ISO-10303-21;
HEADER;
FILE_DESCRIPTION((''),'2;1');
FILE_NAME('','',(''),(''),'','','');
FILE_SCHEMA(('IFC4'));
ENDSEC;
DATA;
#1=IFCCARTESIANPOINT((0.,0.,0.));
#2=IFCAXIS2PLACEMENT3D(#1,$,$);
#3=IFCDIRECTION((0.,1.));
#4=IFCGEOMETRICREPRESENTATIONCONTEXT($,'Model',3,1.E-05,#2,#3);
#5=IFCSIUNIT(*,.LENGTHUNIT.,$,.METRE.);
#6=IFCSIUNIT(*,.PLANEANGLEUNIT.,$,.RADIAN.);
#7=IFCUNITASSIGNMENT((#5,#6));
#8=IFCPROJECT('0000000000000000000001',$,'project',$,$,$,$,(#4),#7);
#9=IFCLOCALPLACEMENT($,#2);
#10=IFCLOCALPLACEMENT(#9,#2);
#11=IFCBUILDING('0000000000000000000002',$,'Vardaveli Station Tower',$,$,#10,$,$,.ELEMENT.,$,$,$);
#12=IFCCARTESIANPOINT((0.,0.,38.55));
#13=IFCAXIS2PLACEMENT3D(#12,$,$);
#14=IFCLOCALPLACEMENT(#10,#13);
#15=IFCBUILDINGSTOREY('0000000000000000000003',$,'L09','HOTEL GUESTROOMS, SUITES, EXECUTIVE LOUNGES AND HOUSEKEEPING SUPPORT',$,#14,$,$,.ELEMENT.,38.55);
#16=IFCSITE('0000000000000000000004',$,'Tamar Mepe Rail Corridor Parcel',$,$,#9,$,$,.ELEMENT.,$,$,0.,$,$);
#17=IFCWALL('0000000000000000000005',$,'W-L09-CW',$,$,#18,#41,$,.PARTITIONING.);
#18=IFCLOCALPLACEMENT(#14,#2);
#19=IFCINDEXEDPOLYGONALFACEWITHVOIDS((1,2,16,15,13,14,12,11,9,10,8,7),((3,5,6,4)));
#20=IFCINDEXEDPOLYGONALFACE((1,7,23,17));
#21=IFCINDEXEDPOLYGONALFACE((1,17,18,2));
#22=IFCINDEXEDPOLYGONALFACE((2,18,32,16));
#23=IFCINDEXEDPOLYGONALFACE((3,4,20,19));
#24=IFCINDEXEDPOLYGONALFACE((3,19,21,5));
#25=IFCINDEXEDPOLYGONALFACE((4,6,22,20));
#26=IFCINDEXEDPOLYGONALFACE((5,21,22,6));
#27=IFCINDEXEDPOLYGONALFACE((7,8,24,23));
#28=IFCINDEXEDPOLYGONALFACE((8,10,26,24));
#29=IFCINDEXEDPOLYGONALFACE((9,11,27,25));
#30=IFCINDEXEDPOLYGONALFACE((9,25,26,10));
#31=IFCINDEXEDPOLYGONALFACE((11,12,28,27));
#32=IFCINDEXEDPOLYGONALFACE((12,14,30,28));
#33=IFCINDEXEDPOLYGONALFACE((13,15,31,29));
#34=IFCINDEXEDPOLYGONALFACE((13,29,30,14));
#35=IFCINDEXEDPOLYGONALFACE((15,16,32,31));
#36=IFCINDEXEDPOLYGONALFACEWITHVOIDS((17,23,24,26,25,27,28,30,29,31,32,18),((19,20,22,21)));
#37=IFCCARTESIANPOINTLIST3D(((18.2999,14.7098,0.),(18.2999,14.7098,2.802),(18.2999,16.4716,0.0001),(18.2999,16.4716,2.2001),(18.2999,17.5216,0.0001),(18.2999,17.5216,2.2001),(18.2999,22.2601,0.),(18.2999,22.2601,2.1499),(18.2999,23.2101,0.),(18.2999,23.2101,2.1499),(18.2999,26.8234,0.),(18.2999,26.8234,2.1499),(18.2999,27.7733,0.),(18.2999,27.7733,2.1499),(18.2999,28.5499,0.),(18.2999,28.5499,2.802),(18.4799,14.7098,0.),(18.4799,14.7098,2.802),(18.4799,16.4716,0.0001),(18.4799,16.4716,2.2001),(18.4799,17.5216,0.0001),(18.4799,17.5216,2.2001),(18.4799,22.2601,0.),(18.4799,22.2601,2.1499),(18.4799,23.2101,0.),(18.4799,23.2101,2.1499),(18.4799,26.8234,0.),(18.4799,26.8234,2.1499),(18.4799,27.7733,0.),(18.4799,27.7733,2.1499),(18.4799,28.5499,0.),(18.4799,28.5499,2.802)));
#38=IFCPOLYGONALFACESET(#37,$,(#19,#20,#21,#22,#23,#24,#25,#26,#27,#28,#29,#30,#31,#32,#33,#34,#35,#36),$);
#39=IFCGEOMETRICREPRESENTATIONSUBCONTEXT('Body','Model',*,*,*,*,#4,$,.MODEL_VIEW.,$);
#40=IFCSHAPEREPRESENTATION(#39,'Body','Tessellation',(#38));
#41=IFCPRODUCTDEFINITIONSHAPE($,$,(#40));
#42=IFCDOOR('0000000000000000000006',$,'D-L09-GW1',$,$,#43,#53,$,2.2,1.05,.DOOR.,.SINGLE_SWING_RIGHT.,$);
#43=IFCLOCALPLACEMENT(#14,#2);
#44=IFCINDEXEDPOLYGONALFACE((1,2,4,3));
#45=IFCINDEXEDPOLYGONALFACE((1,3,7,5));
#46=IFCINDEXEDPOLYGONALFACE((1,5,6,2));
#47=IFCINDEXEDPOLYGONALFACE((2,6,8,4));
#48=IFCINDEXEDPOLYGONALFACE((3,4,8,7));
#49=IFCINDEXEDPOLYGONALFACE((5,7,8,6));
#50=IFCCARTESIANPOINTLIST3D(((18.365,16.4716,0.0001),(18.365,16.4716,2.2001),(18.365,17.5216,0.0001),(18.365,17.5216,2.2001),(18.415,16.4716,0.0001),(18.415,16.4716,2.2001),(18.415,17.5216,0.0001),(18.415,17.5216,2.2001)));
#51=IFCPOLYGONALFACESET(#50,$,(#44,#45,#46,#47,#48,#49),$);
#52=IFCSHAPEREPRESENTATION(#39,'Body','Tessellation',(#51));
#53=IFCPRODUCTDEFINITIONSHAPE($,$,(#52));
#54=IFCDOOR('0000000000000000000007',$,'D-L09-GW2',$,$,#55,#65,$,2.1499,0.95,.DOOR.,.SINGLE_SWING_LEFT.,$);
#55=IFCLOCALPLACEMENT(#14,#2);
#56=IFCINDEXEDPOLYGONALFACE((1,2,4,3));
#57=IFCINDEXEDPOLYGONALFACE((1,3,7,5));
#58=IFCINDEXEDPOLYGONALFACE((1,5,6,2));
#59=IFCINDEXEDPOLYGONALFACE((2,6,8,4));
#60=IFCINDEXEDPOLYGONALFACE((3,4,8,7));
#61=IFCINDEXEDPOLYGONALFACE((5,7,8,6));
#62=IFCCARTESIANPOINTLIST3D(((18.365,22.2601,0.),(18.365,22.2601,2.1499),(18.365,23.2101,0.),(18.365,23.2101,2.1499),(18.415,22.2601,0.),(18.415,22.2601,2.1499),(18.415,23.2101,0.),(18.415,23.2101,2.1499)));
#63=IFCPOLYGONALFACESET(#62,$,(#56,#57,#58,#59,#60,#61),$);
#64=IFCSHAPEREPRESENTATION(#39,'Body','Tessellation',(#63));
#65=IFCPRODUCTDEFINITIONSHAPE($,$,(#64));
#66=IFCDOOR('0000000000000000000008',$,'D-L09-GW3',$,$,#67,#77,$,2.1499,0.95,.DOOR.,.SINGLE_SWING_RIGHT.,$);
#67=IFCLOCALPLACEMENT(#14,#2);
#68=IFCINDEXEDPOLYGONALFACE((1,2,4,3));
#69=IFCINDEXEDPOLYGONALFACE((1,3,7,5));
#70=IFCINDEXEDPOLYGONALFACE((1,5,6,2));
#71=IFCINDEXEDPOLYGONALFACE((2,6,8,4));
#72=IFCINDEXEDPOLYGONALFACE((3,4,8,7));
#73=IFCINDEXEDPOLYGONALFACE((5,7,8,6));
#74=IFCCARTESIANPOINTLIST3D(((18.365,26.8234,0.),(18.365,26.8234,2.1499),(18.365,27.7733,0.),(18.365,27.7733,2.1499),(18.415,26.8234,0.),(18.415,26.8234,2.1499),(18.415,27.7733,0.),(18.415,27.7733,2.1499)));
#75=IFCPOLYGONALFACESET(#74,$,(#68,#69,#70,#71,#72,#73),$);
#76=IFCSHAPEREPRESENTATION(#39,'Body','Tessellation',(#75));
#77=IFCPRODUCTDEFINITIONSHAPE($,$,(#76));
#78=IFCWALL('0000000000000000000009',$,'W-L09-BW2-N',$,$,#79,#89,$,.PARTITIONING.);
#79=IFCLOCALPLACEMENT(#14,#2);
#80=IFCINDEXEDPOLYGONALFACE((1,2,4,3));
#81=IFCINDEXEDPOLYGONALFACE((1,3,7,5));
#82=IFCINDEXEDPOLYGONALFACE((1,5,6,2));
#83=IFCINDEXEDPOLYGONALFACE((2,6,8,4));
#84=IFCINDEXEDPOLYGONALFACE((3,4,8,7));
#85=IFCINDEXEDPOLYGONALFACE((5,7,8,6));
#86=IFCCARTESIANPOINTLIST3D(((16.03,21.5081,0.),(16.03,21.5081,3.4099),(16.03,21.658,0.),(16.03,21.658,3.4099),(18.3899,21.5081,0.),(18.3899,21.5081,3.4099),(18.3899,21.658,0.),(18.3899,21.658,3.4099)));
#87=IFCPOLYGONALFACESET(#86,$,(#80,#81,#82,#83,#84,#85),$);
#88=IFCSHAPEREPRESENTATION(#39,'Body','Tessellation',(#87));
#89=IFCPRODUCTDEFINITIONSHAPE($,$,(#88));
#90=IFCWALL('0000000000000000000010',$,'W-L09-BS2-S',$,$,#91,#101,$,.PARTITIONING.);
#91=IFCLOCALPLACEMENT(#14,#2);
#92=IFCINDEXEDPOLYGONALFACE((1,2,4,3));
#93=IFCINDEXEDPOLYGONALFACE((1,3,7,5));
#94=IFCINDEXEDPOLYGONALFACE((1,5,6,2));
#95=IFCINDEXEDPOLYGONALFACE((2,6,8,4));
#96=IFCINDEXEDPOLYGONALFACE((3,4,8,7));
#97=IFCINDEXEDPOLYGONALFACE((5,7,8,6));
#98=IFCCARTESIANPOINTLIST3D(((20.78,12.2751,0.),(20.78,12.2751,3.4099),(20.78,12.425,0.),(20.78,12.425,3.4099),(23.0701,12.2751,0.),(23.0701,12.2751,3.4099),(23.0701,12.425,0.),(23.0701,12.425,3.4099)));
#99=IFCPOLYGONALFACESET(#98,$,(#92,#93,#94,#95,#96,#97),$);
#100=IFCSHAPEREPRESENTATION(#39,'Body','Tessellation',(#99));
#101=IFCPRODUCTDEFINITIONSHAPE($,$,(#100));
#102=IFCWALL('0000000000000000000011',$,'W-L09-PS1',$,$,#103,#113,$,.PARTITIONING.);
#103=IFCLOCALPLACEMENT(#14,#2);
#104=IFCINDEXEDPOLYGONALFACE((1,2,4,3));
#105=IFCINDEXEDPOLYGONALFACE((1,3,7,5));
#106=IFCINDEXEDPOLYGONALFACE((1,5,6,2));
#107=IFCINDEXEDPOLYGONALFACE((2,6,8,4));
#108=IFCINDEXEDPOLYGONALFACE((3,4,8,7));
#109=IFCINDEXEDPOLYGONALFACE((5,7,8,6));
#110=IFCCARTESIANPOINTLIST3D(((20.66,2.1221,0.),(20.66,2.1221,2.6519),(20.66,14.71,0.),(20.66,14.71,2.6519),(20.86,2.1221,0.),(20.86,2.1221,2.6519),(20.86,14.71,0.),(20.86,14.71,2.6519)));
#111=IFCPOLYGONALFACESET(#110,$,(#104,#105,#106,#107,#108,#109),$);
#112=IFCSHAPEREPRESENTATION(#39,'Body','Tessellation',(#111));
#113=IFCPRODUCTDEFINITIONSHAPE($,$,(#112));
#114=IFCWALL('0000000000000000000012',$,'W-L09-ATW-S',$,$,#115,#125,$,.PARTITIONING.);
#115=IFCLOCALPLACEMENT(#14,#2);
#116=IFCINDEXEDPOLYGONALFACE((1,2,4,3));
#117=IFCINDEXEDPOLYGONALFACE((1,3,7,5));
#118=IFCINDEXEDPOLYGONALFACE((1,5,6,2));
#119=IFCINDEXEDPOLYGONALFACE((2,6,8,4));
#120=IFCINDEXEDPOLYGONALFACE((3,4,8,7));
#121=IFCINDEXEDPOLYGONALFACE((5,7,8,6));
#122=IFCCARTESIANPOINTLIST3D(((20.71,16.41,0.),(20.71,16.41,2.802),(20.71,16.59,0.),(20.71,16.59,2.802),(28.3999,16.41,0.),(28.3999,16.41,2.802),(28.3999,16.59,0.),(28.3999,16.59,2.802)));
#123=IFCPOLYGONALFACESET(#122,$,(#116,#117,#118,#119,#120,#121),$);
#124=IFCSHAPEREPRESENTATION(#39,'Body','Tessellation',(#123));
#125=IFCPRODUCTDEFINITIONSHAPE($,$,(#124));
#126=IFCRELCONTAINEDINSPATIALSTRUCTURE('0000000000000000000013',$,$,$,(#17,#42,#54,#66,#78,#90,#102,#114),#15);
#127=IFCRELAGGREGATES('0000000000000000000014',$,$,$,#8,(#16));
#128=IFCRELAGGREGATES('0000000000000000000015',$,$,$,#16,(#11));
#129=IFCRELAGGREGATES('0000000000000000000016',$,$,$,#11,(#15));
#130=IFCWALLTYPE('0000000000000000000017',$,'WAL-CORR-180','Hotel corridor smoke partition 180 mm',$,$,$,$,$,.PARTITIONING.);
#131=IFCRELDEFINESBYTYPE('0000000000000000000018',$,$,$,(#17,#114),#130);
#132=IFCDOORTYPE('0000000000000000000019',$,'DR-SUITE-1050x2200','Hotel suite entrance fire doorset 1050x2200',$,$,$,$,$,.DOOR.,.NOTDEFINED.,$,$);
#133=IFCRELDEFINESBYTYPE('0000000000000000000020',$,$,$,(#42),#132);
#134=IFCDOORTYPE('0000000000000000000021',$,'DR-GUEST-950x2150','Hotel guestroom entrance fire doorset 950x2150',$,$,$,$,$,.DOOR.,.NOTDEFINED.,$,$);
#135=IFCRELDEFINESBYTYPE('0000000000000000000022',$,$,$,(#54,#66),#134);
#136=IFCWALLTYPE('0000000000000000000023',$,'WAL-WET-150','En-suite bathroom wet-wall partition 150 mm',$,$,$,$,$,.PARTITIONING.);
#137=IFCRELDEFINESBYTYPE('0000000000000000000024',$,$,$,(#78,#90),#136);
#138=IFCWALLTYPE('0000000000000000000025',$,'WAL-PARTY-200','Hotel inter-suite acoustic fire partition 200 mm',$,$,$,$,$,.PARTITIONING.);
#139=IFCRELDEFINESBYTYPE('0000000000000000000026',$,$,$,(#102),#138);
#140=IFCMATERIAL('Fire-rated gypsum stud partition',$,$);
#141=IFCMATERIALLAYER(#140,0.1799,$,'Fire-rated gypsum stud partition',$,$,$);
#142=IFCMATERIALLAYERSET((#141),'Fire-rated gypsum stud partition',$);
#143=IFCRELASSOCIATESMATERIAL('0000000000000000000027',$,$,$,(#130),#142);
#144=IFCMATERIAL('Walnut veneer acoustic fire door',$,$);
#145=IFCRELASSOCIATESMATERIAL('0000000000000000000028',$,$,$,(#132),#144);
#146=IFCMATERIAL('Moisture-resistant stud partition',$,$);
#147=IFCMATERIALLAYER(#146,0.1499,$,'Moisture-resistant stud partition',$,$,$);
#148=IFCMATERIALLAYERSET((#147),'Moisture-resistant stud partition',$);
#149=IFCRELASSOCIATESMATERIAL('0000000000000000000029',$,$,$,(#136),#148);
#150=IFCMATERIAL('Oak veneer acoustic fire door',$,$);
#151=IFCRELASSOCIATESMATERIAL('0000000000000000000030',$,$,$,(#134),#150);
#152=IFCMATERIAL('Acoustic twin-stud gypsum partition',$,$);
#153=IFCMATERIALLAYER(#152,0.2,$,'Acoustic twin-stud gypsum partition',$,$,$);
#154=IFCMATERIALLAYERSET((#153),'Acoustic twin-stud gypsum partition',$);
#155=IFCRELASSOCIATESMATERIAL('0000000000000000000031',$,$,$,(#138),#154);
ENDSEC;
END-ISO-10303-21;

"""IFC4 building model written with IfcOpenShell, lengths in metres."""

from ifc_helpers import new_model, si_unit, direction, frame, frame_2d, origin, place, context, subcontext, project, spatial, rectangle, extrude, source, transform, mapped, material, layer, layer_set, type_object, element, fill, save


model = new_model("IFC4")

# Units and contexts
model_context = context("Model", 3, precision=1e-05, world=origin(), true_north=direction((0.0, 1.0)))
body_context = subcontext(model_context, "Body", "Model", "MODEL_VIEW")
ifc_project = project(units=[si_unit("LENGTHUNIT", "METRE"), si_unit("PLANEANGLEUNIT", "RADIAN")], contexts=[model_context])

# Site, building, storey
site_placement = place(None, origin())
site = spatial("IfcSite", under=ifc_project, at=site_placement, Name="Tamar Mepe Rail Corridor Parcel", CompositionType="ELEMENT", RefElevation=0.0)
building_placement = place(site_placement, origin())
building = spatial("IfcBuilding", under=site, at=building_placement, Name="Vardaveli Station Tower", CompositionType="ELEMENT")
storey_placement = place(building_placement, frame((0.0, 0.0, 38.55)))
storey = spatial("IfcBuildingStorey", under=building, at=storey_placement, Name="L09", Description="HOTEL GUESTROOMS, SUITES, EXECUTIVE LOUNGES AND HOUSEKEEPING SUPPORT", CompositionType="ELEMENT", Elevation=38.55)

# Shared definitions
ifc_material_1 = material(Name="Fire-rated gypsum stud partition")
ifc_layer_1 = layer(ifc_material_1, 0.1799, Name="Fire-rated gypsum stud partition")
ifc_layer_set_1 = layer_set([ifc_layer_1], Name="Fire-rated gypsum stud partition")
wall_type_1 = type_object("IfcWallType", Name="WAL-CORR-180", Description="Hotel corridor smoke partition 180 mm", PredefinedType="PARTITIONING", material=ifc_layer_set_1)
shared_shape_1 = source(origin(), body_context, "Body", "SweptSolid", [
    extrude(rectangle(XDim=1.05, YDim=2.2, at=frame_2d((0.5249, 1.1001))), frame((0.0, 0.1001, 0.0), z_axis=(0.0, -1.0, 0.0), x_axis=(1.0, 0.0, 0.0)), (0.0, 0.0, 1.0), 0.2),
])
ifc_material_2 = material(Name="Walnut veneer acoustic fire door")
door_type_1 = type_object("IfcDoorType", Name="DR-SUITE-1050x2200", Description="Hotel suite entrance fire doorset 1050x2200", OperationType="NOTDEFINED", PredefinedType="DOOR", material=ifc_material_2)
shared_shape_2 = source(origin(), body_context, "Body", "SweptSolid", [
    extrude(rectangle(XDim=1.05, YDim=2.2, at=frame_2d((0.5249, 1.1001))), frame((0.0, 0.0249, 0.0), z_axis=(0.0, -1.0, 0.0), x_axis=(1.0, 0.0, 0.0)), (0.0, 0.0, 1.0), 0.05),
])
ifc_material_3 = material(Name="Moisture-resistant stud partition")
ifc_layer_2 = layer(ifc_material_3, 0.1499, Name="Moisture-resistant stud partition")
ifc_layer_set_2 = layer_set([ifc_layer_2], Name="Moisture-resistant stud partition")
wall_type_2 = type_object("IfcWallType", Name="WAL-WET-150", Description="En-suite bathroom wet-wall partition 150 mm", PredefinedType="PARTITIONING", material=ifc_layer_set_2)

# Wall, openings, doors
shared_shape_3 = source(origin(), body_context, "Body", "SweptSolid", [
    extrude(rectangle(XDim=13.8401, YDim=0.1799, at=frame_2d((6.9199, 0.0))), origin(), (0.0, 0.0, 1.0), 2.802),
])
wall_1_placement = place(storey_placement, frame((18.3899, 14.71, 0.0), z_axis=(0.0, 0.0, 1.0), x_axis=(0.0, 1.0, 0.0)))
wall_1 = element("IfcWall", 1, at=wall_1_placement, inside=storey, type_object=wall_type_1, Name="W-L09-CW", PredefinedType="PARTITIONING", context=body_context, shape_type="MappedRepresentation", body=[
    mapped(shared_shape_3, transform((0.0, 0.0, 0.0), scale=1.0)),
])
opening_1_placement = place(wall_1_placement, frame((1.7617, 0.0, 0.0)))
opening_1 = element("IfcOpeningElement", 2, at=opening_1_placement, cuts=wall_1, PredefinedType="OPENING", context=body_context, shape_type="MappedRepresentation", body=[
    mapped(shared_shape_1, transform((0.0, 0.0, 0.0), scale=1.0)),
])
shared_shape_4 = source(origin(), body_context, "Body", "SweptSolid", [
    extrude(rectangle(XDim=0.95, YDim=2.1499, at=frame_2d((0.4751, 1.075))), frame((0.0, 0.1001, 0.0), z_axis=(0.0, -1.0, 0.0), x_axis=(1.0, 0.0, 0.0)), (0.0, 0.0, 1.0), 0.2),
])
opening_2_placement = place(wall_1_placement, frame((7.55, 0.0, 0.0)))
opening_2 = element("IfcOpeningElement", 3, at=opening_2_placement, cuts=wall_1, PredefinedType="OPENING", context=body_context, shape_type="MappedRepresentation", body=[
    mapped(shared_shape_4, transform((0.0, 0.0, 0.0), scale=1.0)),
])
opening_3_placement = place(wall_1_placement, frame((12.1133, 0.0, 0.0)))
opening_3 = element("IfcOpeningElement", 4, at=opening_3_placement, cuts=wall_1, PredefinedType="OPENING", context=body_context, shape_type="MappedRepresentation", body=[
    mapped(shared_shape_4, transform((0.0, 0.0, 0.0), scale=1.0)),
])
door_1_placement = place(opening_1_placement, origin())
door_1 = element("IfcDoor", 5, at=door_1_placement, inside=storey, type_object=door_type_1, Name="D-L09-GW1", OperationType="SINGLE_SWING_RIGHT", OverallHeight=2.2, OverallWidth=1.05, PredefinedType="DOOR", context=body_context, shape_type="MappedRepresentation", body=[
    mapped(shared_shape_2, transform((0.0, 0.0, 0.0), scale=1.0)),
])
fill(opening_1, door_1)
ifc_material_4 = material(Name="Oak veneer acoustic fire door")
door_type_2 = type_object("IfcDoorType", Name="DR-GUEST-950x2150", Description="Hotel guestroom entrance fire doorset 950x2150", OperationType="NOTDEFINED", PredefinedType="DOOR", material=ifc_material_4)
shared_shape_5 = source(origin(), body_context, "Body", "SweptSolid", [
    extrude(rectangle(XDim=0.95, YDim=2.1499, at=frame_2d((0.4751, 1.075))), frame((0.0, 0.0249, 0.0), z_axis=(0.0, -1.0, 0.0), x_axis=(1.0, 0.0, 0.0)), (0.0, 0.0, 1.0), 0.05),
])
door_2_placement = place(opening_2_placement, origin())
door_2 = element("IfcDoor", 6, at=door_2_placement, inside=storey, type_object=door_type_2, Name="D-L09-GW2", OperationType="SINGLE_SWING_LEFT", OverallHeight=2.1499, OverallWidth=0.95, PredefinedType="DOOR", context=body_context, shape_type="MappedRepresentation", body=[
    mapped(shared_shape_5, transform((0.0, 0.0, 0.0), scale=1.0)),
])
fill(opening_2, door_2)
door_3_placement = place(opening_3_placement, origin())
door_3 = element("IfcDoor", 7, at=door_3_placement, inside=storey, type_object=door_type_2, Name="D-L09-GW3", OperationType="SINGLE_SWING_RIGHT", OverallHeight=2.1499, OverallWidth=0.95, PredefinedType="DOOR", context=body_context, shape_type="MappedRepresentation", body=[
    mapped(shared_shape_5, transform((0.0, 0.0, 0.0), scale=1.0)),
])
fill(opening_3, door_3)

# Walls
shared_shape_6 = source(origin(), body_context, "Body", "SweptSolid", [
    extrude(rectangle(XDim=2.3599, YDim=0.1499, at=frame_2d((1.1799, 0.0))), origin(), (0.0, 0.0, 1.0), 3.4099),
])
wall_2_placement = place(storey_placement, frame((16.03, 21.583, 0.0), z_axis=(0.0, 0.0, 1.0), x_axis=(1.0, 0.0, 0.0)))
element("IfcWall", 8, at=wall_2_placement, inside=storey, type_object=wall_type_2, Name="W-L09-BW2-N", PredefinedType="PARTITIONING", context=body_context, shape_type="MappedRepresentation", body=[
    mapped(shared_shape_6, transform((0.0, 0.0, 0.0), scale=1.0)),
])
shared_shape_7 = source(origin(), body_context, "Body", "SweptSolid", [
    extrude(rectangle(XDim=2.29, YDim=0.1499, at=frame_2d((1.145, 0.0))), origin(), (0.0, 0.0, 1.0), 3.4099),
])
wall_3_placement = place(storey_placement, frame((20.78, 12.3501, 0.0), z_axis=(0.0, 0.0, 1.0), x_axis=(1.0, 0.0, 0.0)))
element("IfcWall", 9, at=wall_3_placement, inside=storey, type_object=wall_type_2, Name="W-L09-BS2-S", PredefinedType="PARTITIONING", context=body_context, shape_type="MappedRepresentation", body=[
    mapped(shared_shape_7, transform((0.0, 0.0, 0.0), scale=1.0)),
])
ifc_material_5 = material(Name="Acoustic twin-stud gypsum partition")
ifc_layer_3 = layer(ifc_material_5, 0.2, Name="Acoustic twin-stud gypsum partition")
ifc_layer_set_3 = layer_set([ifc_layer_3], Name="Acoustic twin-stud gypsum partition")
wall_type_3 = type_object("IfcWallType", Name="WAL-PARTY-200", Description="Hotel inter-suite acoustic fire partition 200 mm", PredefinedType="PARTITIONING", material=ifc_layer_set_3)
shared_shape_8 = source(origin(), body_context, "Body", "SweptSolid", [
    extrude(rectangle(XDim=12.5879, YDim=0.2, at=frame_2d((6.2939, 0.0))), origin(), (0.0, 0.0, 1.0), 2.6519),
])
wall_4_placement = place(storey_placement, frame((20.76, 2.1221, 0.0), z_axis=(0.0, 0.0, 1.0), x_axis=(0.0, 1.0, 0.0)))
element("IfcWall", 10, at=wall_4_placement, inside=storey, type_object=wall_type_3, Name="W-L09-PS1", PredefinedType="PARTITIONING", context=body_context, shape_type="MappedRepresentation", body=[
    mapped(shared_shape_8, transform((0.0, 0.0, 0.0), scale=1.0)),
])
shared_shape_9 = source(origin(), body_context, "Body", "SweptSolid", [
    extrude(rectangle(XDim=7.6899, YDim=0.1799, at=frame_2d((3.845, 0.0))), origin(), (0.0, 0.0, 1.0), 2.802),
])
wall_5_placement = place(storey_placement, frame((20.71, 16.5, 0.0), z_axis=(0.0, 0.0, 1.0), x_axis=(1.0, 0.0, 0.0)))
element("IfcWall", 11, at=wall_5_placement, inside=storey, type_object=wall_type_1, Name="W-L09-ATW-S", PredefinedType="PARTITIONING", context=body_context, shape_type="MappedRepresentation", body=[
    mapped(shared_shape_9, transform((0.0, 0.0, 0.0), scale=1.0)),
])

save(model, "model.ifc")
